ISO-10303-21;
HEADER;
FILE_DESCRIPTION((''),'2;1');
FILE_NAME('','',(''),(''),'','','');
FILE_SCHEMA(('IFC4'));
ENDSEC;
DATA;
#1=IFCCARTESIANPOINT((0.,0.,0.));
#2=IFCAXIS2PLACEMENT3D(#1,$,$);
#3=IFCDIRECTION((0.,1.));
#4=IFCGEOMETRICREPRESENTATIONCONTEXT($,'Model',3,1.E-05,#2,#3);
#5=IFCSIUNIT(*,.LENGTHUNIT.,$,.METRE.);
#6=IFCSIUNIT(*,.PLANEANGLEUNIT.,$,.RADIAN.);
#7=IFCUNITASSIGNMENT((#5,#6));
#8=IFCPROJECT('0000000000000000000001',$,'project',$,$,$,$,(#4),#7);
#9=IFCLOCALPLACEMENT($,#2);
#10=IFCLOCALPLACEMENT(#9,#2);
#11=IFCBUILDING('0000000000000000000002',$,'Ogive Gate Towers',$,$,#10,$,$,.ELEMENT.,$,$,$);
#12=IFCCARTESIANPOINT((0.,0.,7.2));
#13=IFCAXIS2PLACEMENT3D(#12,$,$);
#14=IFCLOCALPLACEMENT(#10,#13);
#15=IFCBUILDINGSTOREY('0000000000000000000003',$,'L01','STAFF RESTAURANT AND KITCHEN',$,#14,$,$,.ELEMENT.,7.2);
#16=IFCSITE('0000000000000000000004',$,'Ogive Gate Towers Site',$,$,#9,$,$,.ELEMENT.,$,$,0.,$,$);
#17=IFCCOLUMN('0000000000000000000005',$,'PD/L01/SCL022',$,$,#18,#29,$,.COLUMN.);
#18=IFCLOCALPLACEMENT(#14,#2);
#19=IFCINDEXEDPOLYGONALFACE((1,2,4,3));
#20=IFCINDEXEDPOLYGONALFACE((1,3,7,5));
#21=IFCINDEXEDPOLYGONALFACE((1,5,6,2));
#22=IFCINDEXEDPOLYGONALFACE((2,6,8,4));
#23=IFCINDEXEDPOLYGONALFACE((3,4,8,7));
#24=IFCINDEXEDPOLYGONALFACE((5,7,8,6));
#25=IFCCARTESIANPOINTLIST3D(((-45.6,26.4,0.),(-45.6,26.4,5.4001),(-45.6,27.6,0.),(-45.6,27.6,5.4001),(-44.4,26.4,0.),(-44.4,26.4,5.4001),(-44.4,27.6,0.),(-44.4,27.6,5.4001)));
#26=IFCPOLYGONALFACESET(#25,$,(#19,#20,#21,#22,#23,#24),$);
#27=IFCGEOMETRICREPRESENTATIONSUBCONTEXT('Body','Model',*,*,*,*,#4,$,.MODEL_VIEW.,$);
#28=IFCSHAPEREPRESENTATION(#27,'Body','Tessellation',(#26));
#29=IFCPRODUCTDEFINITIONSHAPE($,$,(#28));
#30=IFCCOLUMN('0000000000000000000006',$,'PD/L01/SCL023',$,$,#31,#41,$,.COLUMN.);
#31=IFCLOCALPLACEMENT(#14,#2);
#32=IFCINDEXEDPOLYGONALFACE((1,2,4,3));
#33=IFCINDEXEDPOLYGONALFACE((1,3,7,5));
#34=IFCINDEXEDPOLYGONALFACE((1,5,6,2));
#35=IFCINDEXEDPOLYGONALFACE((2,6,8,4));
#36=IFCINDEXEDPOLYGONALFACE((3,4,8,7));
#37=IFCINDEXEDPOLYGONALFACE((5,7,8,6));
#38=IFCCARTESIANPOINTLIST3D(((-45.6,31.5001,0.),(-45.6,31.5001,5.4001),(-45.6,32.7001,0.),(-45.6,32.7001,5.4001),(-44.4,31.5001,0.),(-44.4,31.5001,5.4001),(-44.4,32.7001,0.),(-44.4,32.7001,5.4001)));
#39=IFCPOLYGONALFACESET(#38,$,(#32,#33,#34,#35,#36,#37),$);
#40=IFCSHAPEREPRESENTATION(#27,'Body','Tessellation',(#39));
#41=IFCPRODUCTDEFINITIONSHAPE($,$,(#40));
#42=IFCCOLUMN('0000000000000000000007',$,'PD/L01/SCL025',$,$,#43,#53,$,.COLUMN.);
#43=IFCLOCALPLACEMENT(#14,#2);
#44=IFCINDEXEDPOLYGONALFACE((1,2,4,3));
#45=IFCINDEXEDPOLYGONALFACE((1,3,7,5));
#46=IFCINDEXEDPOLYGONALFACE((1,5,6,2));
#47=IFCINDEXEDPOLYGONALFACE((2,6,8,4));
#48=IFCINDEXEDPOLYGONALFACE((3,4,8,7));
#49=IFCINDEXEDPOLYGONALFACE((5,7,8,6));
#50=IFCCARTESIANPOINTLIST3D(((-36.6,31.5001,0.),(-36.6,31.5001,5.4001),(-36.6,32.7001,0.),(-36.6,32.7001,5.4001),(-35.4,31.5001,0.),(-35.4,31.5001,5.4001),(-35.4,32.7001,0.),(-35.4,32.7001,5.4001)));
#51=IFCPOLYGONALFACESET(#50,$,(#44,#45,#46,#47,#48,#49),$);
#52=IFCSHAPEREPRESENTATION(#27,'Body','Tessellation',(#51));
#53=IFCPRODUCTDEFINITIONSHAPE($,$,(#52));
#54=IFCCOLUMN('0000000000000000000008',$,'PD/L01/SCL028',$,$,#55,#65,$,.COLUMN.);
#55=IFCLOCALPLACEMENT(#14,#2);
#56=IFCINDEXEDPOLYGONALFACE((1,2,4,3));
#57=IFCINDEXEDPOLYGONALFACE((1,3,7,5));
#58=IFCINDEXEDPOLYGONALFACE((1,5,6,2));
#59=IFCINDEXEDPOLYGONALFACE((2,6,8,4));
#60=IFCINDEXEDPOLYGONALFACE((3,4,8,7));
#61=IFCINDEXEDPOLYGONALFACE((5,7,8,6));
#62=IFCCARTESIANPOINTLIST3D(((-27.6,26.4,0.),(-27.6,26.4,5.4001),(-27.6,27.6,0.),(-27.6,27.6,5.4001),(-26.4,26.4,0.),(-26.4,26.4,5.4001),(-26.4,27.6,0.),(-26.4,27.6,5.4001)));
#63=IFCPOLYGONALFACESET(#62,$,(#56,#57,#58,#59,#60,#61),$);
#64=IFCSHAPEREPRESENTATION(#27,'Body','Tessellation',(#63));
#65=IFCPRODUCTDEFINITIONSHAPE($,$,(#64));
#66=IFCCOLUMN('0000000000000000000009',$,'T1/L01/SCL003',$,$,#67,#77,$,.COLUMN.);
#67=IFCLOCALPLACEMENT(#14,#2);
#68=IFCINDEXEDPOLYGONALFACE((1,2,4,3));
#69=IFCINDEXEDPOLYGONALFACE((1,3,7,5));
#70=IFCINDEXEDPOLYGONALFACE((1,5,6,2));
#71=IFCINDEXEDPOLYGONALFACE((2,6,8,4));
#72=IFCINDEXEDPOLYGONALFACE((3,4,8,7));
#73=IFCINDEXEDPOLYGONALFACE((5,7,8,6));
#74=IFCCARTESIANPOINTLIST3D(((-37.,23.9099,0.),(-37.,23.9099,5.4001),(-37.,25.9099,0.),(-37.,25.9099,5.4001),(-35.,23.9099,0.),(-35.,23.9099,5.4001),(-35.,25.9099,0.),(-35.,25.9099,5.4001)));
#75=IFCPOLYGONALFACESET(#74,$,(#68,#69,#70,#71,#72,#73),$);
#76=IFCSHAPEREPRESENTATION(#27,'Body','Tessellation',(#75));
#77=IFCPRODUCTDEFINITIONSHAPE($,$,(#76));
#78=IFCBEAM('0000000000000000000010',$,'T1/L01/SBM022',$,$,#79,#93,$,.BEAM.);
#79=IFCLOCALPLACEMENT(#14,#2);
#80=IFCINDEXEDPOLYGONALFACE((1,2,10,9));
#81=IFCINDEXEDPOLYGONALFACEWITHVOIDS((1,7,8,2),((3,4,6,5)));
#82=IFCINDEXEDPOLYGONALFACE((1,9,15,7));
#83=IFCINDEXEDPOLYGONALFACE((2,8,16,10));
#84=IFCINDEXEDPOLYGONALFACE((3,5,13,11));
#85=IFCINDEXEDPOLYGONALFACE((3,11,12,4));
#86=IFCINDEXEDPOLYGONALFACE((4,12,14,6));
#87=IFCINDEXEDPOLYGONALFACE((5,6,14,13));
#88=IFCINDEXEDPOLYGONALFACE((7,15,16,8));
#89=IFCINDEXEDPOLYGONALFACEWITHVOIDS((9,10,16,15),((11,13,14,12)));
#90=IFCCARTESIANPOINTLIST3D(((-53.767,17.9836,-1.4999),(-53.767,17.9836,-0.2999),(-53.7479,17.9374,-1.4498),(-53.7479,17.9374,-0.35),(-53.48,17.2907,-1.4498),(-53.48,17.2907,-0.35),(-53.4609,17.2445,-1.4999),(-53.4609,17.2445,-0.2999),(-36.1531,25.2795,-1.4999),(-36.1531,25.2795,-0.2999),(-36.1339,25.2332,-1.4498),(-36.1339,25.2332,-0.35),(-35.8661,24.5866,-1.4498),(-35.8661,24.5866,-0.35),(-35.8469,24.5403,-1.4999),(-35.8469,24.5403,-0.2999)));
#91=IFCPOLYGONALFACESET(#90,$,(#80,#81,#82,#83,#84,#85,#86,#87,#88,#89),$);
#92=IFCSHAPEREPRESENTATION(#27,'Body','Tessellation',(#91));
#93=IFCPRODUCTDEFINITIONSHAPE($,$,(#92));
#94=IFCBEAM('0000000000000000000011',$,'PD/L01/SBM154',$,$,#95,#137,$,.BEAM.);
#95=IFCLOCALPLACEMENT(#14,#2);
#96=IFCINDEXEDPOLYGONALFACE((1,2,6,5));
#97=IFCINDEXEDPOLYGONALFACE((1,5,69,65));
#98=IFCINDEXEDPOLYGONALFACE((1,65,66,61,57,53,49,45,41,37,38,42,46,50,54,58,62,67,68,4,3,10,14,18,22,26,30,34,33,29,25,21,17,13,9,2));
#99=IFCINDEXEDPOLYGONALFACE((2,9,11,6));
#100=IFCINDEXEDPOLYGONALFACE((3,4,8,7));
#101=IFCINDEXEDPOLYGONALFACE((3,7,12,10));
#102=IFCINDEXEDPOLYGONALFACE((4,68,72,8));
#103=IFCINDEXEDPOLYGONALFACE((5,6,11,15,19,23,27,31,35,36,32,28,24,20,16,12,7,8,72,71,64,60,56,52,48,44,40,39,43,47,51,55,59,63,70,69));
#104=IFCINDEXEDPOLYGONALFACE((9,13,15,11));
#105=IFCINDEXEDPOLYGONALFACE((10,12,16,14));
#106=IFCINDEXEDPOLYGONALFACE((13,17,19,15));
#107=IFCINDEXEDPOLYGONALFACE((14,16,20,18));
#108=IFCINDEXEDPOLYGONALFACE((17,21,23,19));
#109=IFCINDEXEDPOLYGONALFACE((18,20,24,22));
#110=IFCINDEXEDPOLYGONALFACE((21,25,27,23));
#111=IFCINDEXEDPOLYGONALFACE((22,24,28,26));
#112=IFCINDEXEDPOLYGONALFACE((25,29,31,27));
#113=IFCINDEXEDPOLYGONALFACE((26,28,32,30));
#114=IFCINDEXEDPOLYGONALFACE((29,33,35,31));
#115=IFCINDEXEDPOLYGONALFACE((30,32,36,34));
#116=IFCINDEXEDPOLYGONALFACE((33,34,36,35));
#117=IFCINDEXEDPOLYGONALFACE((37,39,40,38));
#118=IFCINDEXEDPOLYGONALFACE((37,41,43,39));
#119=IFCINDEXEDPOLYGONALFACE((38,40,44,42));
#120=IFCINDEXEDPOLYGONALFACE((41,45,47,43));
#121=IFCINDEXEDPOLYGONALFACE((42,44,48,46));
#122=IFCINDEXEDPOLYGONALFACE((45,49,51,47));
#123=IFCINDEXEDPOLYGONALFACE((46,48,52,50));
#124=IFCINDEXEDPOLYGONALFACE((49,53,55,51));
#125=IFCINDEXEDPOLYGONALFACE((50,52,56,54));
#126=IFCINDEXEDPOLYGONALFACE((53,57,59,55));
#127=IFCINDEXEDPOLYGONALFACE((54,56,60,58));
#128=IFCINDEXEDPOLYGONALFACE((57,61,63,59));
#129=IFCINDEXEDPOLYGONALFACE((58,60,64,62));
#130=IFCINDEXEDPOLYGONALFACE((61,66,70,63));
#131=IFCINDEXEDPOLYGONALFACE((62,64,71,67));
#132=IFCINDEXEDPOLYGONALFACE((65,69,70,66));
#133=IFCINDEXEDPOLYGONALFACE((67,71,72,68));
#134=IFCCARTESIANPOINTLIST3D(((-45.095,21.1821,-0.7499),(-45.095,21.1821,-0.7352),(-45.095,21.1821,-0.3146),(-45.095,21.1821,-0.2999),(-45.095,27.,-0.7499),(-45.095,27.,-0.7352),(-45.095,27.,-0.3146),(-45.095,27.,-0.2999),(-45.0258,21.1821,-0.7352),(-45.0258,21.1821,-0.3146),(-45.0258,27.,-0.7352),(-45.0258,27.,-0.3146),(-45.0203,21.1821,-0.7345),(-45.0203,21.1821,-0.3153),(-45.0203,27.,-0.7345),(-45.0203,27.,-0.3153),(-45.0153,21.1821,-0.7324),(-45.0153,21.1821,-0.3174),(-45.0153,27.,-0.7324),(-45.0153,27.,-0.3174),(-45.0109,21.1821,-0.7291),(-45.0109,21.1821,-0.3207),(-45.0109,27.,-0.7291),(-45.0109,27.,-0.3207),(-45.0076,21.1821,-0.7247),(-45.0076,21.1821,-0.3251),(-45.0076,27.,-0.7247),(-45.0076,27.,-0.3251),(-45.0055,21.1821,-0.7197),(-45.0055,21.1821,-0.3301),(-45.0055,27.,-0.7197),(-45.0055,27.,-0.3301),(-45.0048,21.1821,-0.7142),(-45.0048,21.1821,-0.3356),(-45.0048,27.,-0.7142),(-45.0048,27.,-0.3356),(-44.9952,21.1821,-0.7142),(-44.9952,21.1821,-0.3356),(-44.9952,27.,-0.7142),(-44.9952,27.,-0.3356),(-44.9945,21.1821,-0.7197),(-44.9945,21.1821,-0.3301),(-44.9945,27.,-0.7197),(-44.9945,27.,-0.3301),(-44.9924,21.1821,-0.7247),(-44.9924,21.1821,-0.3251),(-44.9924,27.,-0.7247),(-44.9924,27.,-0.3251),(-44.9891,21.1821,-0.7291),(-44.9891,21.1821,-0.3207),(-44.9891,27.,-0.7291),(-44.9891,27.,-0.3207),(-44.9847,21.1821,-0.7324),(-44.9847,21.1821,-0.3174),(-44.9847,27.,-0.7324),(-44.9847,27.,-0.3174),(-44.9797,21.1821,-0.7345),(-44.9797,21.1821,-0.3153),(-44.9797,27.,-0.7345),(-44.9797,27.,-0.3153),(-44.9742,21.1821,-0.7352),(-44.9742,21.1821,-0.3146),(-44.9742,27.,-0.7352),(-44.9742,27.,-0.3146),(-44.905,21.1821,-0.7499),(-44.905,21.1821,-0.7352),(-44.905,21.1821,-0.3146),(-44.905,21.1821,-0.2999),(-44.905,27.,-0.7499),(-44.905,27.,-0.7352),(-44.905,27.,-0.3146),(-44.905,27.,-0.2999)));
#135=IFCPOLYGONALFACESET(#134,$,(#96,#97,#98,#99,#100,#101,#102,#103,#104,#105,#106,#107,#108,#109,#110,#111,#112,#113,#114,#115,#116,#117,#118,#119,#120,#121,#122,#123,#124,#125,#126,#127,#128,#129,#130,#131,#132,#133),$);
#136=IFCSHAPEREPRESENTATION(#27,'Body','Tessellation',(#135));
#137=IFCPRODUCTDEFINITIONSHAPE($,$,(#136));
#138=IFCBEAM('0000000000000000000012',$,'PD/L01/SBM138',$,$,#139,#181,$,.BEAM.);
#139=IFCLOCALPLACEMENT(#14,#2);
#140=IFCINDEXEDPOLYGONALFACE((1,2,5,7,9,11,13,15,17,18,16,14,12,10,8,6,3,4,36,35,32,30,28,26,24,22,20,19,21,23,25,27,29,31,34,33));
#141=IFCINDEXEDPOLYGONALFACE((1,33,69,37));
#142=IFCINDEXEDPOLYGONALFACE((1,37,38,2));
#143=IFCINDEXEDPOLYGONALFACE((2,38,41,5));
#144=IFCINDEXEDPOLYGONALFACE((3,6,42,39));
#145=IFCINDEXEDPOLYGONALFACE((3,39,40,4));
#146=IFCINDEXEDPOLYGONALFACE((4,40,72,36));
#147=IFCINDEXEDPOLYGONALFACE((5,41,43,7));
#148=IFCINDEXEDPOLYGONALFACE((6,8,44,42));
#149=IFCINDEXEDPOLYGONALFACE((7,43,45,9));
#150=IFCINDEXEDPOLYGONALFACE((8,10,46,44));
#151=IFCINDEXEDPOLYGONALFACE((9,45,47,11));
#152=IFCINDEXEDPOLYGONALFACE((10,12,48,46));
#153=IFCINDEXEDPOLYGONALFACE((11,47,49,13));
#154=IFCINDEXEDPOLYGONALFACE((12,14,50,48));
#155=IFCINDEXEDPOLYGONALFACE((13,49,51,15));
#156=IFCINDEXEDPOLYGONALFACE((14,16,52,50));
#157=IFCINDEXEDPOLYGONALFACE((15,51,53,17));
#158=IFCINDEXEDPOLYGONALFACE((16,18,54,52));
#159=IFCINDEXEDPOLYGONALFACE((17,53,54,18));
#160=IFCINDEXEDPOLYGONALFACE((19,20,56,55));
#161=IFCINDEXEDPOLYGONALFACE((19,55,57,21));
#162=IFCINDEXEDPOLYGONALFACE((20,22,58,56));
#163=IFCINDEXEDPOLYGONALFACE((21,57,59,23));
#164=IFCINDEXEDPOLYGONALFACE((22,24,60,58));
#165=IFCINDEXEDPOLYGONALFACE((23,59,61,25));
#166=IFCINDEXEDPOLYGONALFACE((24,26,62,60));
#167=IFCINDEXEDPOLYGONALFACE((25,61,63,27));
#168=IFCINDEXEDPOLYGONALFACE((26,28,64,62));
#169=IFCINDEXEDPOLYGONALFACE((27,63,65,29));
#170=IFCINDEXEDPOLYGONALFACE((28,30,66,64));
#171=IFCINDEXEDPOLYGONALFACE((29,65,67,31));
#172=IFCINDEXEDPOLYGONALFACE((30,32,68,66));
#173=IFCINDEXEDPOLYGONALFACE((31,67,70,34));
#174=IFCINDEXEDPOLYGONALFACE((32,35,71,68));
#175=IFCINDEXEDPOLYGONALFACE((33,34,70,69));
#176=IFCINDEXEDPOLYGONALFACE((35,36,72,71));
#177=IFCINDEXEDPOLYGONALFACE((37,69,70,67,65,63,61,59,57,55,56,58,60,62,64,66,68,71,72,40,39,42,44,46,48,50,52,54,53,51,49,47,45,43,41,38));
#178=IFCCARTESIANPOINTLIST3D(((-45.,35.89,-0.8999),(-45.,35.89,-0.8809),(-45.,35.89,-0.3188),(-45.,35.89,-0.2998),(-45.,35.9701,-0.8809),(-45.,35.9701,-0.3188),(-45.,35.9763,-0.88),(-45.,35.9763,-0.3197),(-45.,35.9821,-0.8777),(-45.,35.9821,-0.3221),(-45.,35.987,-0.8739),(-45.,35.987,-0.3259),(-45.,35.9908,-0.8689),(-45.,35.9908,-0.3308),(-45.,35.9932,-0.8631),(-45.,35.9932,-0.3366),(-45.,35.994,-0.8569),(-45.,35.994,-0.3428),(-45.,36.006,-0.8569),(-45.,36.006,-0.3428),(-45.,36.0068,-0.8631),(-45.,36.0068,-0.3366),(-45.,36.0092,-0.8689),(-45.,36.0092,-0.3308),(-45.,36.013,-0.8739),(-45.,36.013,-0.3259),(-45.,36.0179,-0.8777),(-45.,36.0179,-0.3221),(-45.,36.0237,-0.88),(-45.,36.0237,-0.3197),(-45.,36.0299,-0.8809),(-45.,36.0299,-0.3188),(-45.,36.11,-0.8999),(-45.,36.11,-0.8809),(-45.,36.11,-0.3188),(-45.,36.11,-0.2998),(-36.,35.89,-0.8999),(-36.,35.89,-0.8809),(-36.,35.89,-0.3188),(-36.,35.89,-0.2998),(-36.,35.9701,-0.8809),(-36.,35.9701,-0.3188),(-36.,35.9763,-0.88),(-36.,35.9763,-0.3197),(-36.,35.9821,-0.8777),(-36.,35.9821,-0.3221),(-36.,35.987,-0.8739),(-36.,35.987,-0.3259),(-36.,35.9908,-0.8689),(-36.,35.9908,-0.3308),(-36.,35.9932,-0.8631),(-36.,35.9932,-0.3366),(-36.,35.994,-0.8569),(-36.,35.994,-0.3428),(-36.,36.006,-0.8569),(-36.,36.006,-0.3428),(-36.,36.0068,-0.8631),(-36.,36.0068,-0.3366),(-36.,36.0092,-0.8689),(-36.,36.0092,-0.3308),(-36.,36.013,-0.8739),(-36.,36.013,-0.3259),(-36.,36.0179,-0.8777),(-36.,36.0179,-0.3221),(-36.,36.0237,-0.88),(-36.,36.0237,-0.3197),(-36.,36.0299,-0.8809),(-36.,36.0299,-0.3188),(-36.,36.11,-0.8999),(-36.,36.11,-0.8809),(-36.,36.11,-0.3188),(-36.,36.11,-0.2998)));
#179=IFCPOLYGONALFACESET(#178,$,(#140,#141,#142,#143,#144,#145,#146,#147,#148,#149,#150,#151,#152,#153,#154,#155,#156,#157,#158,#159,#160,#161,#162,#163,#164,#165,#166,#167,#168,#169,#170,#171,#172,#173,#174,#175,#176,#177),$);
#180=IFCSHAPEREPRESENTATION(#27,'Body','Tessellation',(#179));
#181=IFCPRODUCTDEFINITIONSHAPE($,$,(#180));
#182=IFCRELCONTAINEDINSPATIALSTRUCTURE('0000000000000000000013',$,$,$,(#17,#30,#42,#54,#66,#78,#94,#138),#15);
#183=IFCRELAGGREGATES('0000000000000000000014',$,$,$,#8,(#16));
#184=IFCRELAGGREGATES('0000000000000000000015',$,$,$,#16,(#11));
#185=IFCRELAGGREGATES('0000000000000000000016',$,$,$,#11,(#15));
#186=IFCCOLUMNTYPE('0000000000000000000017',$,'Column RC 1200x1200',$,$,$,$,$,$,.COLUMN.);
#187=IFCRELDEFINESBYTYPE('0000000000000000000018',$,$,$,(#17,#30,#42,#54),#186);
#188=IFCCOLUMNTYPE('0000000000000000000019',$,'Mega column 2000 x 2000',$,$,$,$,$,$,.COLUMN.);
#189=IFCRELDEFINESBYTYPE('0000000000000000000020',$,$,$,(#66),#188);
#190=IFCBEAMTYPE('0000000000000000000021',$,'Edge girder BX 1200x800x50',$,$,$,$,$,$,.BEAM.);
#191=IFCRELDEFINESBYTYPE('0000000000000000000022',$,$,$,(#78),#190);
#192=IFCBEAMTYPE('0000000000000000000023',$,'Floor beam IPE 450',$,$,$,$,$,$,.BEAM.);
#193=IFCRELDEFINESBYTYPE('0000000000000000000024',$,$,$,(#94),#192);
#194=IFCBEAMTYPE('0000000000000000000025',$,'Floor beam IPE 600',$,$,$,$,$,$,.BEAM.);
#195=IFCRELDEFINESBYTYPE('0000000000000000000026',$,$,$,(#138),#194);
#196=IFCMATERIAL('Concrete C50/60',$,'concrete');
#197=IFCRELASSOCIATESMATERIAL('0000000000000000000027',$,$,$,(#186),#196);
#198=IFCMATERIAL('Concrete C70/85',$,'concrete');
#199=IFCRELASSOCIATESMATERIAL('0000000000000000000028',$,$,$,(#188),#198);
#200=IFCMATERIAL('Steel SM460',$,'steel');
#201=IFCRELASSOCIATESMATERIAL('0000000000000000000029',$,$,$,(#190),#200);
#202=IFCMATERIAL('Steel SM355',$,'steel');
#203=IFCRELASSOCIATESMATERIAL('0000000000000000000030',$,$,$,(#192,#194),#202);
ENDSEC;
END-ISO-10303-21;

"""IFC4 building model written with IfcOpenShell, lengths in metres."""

from ifc_helpers import new_model, si_unit, direction, frame, origin, origin_2d, place, context, subcontext, project, spatial, rectangle, hollow_rectangle, i_section, extrude, material, material_profile, profile_set, type_object, element, save


model = new_model("IFC4")

# Units and contexts
model_context = context("Model", 3, precision=1e-05, world=origin(), true_north=direction((0.0, 1.0)))
body_context = subcontext(model_context, "Body", "Model", "MODEL_VIEW")
ifc_project = project(units=[si_unit("LENGTHUNIT", "METRE"), si_unit("PLANEANGLEUNIT", "RADIAN")], contexts=[model_context])

# Site, building, storey
site_placement = place(None, origin())
site = spatial("IfcSite", under=ifc_project, at=site_placement, Name="Ogive Gate Towers Site", CompositionType="ELEMENT", RefElevation=0.0)
building_placement = place(site_placement, origin())
building = spatial("IfcBuilding", under=site, at=building_placement, Name="Ogive Gate Towers", CompositionType="ELEMENT")
storey_placement = place(building_placement, frame((0.0, 0.0, 7.2)))
storey = spatial("IfcBuildingStorey", under=building, at=storey_placement, Name="L01", Description="STAFF RESTAURANT AND KITCHEN", CompositionType="ELEMENT", Elevation=7.2)

# Columns
ifc_material_1 = material(Name="Concrete C50/60", Category="concrete")
ifc_material_profile_1 = material_profile(ifc_material_1, rectangle(XDim=1.2, YDim=1.2, at=origin_2d()), Name="RC 1200x1200")
ifc_profile_set_1 = profile_set([ifc_material_profile_1], Name="Concrete C50/60")
column_type_1 = type_object("IfcColumnType", Name="Column RC 1200x1200", PredefinedType="COLUMN", material=ifc_profile_set_1)
for number, where, z_axis, x_axis, name in (
    (1, (-45.0, 27.0, 0.0), (0.0, 0.0, 1.0), (1.0, 0.0, 0.0), "PD/L01/SCL022"),
    (2, (-45.0, 32.1001, 0.0), (0.0, 0.0, 1.0), (1.0, 0.0, 0.0), "PD/L01/SCL023"),
    (3, (-36.0, 32.1001, 0.0), (0.0, 0.0, 1.0), (1.0, 0.0, 0.0), "PD/L01/SCL025"),
    (4, (-27.0, 27.0, 0.0), (0.0, 0.0, 1.0), (1.0, 0.0, 0.0), "PD/L01/SCL028"),
):
    element("IfcColumn", number, at=place(storey_placement, frame(where, z_axis=z_axis, x_axis=x_axis)), inside=storey, type_object=column_type_1, Name=name, PredefinedType="COLUMN", context=body_context, shape_type="SweptSolid", body=[
        extrude(rectangle(XDim=1.2, YDim=1.2, at=origin_2d()), origin(), (0.0, 0.0, 1.0), 5.4001),
    ])
ifc_material_2 = material(Name="Concrete C70/85", Category="concrete")
ifc_material_profile_2 = material_profile(ifc_material_2, rectangle(XDim=2.0, YDim=2.0, at=origin_2d()), Name="RC 2000x2000")
ifc_profile_set_2 = profile_set([ifc_material_profile_2], Name="Concrete C70/85")
column_type_2 = type_object("IfcColumnType", Name="Mega column 2000 x 2000", PredefinedType="COLUMN", material=ifc_profile_set_2)
column_placement = place(storey_placement, frame((-36.0, 24.9099, 0.0), z_axis=(0.0, 0.0, 1.0), x_axis=(0.0, 1.0, 0.0)))
element("IfcColumn", 5, at=column_placement, inside=storey, type_object=column_type_2, Name="T1/L01/SCL003", PredefinedType="COLUMN", context=body_context, shape_type="SweptSolid", body=[
    extrude(rectangle(XDim=2.0, YDim=2.0, at=origin_2d()), origin(), (0.0, 0.0, 1.0), 5.4001),
])

# Beams
ifc_material_3 = material(Name="Steel SM460", Category="steel")
ifc_material_profile_3 = material_profile(ifc_material_3, hollow_rectangle(XDim=0.8, YDim=1.2, WallThickness=0.05, at=origin_2d()), Name="BX 1200x800x50")
ifc_profile_set_3 = profile_set([ifc_material_profile_3], Name="Steel SM460")
beam_type_1 = type_object("IfcBeamType", Name="Edge girder BX 1200x800x50", PredefinedType="BEAM", material=ifc_profile_set_3)
beam_1_placement = place(storey_placement, frame((-36.0, 24.9099, -0.8999), z_axis=(-0.923881, -0.382681, 0.0), x_axis=(0.382681, -0.923881, 0.0)))
element("IfcBeam", 6, at=beam_1_placement, inside=storey, type_object=beam_type_1, Name="T1/L01/SBM022", PredefinedType="BEAM", context=body_context, shape_type="SweptSolid", body=[
    extrude(hollow_rectangle(XDim=0.8, YDim=1.2, WallThickness=0.05, at=origin_2d()), origin(), (0.0, 0.0, 1.0), 19.0652),
])
ifc_material_4 = material(Name="Steel SM355", Category="steel")
ifc_material_profile_4 = material_profile(ifc_material_4, i_section(OverallWidth=0.1899, OverallDepth=0.45, WebThickness=0.0095, FlangeThickness=0.0146, FilletRadius=0.021, at=origin_2d()), Name="IPE 450")
ifc_profile_set_4 = profile_set([ifc_material_profile_4], Name="Steel SM355")
beam_type_2 = type_object("IfcBeamType", Name="Floor beam IPE 450", PredefinedType="BEAM", material=ifc_profile_set_4)
beam_2_placement = place(storey_placement, frame((-45.0, 27.0, -0.5249), z_axis=(0.0, -1.0, 0.0), x_axis=(1.0, 0.0, 0.0)))
element("IfcBeam", 7, at=beam_2_placement, inside=storey, type_object=beam_type_2, Name="PD/L01/SBM154", PredefinedType="BEAM", context=body_context, shape_type="SweptSolid", body=[
    extrude(i_section(OverallWidth=0.1899, OverallDepth=0.45, WebThickness=0.0095, FlangeThickness=0.0146, FilletRadius=0.021, at=origin_2d()), origin(), (0.0, 0.0, 1.0), 5.8179),
])
ifc_material_profile_5 = material_profile(ifc_material_4, i_section(OverallWidth=0.22, OverallDepth=0.6001, WebThickness=0.012, FlangeThickness=0.019, FilletRadius=0.0239, at=origin_2d()), Name="IPE 600")
ifc_profile_set_5 = profile_set([ifc_material_profile_5], Name="Steel SM355")
beam_type_3 = type_object("IfcBeamType", Name="Floor beam IPE 600", PredefinedType="BEAM", material=ifc_profile_set_5)
for number, where, z_axis, x_axis, name in (
    (8, (-45.0, 36.0, -0.5999), (1.0, 0.0, 0.0), (0.0, 1.0, 0.0), "PD/L01/SBM138"),
):
    element("IfcBeam", number, at=place(storey_placement, frame(where, z_axis=z_axis, x_axis=x_axis)), inside=storey, type_object=beam_type_3, Name=name, PredefinedType="BEAM", context=body_context, shape_type="SweptSolid", body=[
        extrude(i_section(OverallWidth=0.22, OverallDepth=0.6001, WebThickness=0.012, FlangeThickness=0.019, FilletRadius=0.0239, at=origin_2d()), origin(), (0.0, 0.0, 1.0), 9.0),
    ])

save(model, "model.ifc")
